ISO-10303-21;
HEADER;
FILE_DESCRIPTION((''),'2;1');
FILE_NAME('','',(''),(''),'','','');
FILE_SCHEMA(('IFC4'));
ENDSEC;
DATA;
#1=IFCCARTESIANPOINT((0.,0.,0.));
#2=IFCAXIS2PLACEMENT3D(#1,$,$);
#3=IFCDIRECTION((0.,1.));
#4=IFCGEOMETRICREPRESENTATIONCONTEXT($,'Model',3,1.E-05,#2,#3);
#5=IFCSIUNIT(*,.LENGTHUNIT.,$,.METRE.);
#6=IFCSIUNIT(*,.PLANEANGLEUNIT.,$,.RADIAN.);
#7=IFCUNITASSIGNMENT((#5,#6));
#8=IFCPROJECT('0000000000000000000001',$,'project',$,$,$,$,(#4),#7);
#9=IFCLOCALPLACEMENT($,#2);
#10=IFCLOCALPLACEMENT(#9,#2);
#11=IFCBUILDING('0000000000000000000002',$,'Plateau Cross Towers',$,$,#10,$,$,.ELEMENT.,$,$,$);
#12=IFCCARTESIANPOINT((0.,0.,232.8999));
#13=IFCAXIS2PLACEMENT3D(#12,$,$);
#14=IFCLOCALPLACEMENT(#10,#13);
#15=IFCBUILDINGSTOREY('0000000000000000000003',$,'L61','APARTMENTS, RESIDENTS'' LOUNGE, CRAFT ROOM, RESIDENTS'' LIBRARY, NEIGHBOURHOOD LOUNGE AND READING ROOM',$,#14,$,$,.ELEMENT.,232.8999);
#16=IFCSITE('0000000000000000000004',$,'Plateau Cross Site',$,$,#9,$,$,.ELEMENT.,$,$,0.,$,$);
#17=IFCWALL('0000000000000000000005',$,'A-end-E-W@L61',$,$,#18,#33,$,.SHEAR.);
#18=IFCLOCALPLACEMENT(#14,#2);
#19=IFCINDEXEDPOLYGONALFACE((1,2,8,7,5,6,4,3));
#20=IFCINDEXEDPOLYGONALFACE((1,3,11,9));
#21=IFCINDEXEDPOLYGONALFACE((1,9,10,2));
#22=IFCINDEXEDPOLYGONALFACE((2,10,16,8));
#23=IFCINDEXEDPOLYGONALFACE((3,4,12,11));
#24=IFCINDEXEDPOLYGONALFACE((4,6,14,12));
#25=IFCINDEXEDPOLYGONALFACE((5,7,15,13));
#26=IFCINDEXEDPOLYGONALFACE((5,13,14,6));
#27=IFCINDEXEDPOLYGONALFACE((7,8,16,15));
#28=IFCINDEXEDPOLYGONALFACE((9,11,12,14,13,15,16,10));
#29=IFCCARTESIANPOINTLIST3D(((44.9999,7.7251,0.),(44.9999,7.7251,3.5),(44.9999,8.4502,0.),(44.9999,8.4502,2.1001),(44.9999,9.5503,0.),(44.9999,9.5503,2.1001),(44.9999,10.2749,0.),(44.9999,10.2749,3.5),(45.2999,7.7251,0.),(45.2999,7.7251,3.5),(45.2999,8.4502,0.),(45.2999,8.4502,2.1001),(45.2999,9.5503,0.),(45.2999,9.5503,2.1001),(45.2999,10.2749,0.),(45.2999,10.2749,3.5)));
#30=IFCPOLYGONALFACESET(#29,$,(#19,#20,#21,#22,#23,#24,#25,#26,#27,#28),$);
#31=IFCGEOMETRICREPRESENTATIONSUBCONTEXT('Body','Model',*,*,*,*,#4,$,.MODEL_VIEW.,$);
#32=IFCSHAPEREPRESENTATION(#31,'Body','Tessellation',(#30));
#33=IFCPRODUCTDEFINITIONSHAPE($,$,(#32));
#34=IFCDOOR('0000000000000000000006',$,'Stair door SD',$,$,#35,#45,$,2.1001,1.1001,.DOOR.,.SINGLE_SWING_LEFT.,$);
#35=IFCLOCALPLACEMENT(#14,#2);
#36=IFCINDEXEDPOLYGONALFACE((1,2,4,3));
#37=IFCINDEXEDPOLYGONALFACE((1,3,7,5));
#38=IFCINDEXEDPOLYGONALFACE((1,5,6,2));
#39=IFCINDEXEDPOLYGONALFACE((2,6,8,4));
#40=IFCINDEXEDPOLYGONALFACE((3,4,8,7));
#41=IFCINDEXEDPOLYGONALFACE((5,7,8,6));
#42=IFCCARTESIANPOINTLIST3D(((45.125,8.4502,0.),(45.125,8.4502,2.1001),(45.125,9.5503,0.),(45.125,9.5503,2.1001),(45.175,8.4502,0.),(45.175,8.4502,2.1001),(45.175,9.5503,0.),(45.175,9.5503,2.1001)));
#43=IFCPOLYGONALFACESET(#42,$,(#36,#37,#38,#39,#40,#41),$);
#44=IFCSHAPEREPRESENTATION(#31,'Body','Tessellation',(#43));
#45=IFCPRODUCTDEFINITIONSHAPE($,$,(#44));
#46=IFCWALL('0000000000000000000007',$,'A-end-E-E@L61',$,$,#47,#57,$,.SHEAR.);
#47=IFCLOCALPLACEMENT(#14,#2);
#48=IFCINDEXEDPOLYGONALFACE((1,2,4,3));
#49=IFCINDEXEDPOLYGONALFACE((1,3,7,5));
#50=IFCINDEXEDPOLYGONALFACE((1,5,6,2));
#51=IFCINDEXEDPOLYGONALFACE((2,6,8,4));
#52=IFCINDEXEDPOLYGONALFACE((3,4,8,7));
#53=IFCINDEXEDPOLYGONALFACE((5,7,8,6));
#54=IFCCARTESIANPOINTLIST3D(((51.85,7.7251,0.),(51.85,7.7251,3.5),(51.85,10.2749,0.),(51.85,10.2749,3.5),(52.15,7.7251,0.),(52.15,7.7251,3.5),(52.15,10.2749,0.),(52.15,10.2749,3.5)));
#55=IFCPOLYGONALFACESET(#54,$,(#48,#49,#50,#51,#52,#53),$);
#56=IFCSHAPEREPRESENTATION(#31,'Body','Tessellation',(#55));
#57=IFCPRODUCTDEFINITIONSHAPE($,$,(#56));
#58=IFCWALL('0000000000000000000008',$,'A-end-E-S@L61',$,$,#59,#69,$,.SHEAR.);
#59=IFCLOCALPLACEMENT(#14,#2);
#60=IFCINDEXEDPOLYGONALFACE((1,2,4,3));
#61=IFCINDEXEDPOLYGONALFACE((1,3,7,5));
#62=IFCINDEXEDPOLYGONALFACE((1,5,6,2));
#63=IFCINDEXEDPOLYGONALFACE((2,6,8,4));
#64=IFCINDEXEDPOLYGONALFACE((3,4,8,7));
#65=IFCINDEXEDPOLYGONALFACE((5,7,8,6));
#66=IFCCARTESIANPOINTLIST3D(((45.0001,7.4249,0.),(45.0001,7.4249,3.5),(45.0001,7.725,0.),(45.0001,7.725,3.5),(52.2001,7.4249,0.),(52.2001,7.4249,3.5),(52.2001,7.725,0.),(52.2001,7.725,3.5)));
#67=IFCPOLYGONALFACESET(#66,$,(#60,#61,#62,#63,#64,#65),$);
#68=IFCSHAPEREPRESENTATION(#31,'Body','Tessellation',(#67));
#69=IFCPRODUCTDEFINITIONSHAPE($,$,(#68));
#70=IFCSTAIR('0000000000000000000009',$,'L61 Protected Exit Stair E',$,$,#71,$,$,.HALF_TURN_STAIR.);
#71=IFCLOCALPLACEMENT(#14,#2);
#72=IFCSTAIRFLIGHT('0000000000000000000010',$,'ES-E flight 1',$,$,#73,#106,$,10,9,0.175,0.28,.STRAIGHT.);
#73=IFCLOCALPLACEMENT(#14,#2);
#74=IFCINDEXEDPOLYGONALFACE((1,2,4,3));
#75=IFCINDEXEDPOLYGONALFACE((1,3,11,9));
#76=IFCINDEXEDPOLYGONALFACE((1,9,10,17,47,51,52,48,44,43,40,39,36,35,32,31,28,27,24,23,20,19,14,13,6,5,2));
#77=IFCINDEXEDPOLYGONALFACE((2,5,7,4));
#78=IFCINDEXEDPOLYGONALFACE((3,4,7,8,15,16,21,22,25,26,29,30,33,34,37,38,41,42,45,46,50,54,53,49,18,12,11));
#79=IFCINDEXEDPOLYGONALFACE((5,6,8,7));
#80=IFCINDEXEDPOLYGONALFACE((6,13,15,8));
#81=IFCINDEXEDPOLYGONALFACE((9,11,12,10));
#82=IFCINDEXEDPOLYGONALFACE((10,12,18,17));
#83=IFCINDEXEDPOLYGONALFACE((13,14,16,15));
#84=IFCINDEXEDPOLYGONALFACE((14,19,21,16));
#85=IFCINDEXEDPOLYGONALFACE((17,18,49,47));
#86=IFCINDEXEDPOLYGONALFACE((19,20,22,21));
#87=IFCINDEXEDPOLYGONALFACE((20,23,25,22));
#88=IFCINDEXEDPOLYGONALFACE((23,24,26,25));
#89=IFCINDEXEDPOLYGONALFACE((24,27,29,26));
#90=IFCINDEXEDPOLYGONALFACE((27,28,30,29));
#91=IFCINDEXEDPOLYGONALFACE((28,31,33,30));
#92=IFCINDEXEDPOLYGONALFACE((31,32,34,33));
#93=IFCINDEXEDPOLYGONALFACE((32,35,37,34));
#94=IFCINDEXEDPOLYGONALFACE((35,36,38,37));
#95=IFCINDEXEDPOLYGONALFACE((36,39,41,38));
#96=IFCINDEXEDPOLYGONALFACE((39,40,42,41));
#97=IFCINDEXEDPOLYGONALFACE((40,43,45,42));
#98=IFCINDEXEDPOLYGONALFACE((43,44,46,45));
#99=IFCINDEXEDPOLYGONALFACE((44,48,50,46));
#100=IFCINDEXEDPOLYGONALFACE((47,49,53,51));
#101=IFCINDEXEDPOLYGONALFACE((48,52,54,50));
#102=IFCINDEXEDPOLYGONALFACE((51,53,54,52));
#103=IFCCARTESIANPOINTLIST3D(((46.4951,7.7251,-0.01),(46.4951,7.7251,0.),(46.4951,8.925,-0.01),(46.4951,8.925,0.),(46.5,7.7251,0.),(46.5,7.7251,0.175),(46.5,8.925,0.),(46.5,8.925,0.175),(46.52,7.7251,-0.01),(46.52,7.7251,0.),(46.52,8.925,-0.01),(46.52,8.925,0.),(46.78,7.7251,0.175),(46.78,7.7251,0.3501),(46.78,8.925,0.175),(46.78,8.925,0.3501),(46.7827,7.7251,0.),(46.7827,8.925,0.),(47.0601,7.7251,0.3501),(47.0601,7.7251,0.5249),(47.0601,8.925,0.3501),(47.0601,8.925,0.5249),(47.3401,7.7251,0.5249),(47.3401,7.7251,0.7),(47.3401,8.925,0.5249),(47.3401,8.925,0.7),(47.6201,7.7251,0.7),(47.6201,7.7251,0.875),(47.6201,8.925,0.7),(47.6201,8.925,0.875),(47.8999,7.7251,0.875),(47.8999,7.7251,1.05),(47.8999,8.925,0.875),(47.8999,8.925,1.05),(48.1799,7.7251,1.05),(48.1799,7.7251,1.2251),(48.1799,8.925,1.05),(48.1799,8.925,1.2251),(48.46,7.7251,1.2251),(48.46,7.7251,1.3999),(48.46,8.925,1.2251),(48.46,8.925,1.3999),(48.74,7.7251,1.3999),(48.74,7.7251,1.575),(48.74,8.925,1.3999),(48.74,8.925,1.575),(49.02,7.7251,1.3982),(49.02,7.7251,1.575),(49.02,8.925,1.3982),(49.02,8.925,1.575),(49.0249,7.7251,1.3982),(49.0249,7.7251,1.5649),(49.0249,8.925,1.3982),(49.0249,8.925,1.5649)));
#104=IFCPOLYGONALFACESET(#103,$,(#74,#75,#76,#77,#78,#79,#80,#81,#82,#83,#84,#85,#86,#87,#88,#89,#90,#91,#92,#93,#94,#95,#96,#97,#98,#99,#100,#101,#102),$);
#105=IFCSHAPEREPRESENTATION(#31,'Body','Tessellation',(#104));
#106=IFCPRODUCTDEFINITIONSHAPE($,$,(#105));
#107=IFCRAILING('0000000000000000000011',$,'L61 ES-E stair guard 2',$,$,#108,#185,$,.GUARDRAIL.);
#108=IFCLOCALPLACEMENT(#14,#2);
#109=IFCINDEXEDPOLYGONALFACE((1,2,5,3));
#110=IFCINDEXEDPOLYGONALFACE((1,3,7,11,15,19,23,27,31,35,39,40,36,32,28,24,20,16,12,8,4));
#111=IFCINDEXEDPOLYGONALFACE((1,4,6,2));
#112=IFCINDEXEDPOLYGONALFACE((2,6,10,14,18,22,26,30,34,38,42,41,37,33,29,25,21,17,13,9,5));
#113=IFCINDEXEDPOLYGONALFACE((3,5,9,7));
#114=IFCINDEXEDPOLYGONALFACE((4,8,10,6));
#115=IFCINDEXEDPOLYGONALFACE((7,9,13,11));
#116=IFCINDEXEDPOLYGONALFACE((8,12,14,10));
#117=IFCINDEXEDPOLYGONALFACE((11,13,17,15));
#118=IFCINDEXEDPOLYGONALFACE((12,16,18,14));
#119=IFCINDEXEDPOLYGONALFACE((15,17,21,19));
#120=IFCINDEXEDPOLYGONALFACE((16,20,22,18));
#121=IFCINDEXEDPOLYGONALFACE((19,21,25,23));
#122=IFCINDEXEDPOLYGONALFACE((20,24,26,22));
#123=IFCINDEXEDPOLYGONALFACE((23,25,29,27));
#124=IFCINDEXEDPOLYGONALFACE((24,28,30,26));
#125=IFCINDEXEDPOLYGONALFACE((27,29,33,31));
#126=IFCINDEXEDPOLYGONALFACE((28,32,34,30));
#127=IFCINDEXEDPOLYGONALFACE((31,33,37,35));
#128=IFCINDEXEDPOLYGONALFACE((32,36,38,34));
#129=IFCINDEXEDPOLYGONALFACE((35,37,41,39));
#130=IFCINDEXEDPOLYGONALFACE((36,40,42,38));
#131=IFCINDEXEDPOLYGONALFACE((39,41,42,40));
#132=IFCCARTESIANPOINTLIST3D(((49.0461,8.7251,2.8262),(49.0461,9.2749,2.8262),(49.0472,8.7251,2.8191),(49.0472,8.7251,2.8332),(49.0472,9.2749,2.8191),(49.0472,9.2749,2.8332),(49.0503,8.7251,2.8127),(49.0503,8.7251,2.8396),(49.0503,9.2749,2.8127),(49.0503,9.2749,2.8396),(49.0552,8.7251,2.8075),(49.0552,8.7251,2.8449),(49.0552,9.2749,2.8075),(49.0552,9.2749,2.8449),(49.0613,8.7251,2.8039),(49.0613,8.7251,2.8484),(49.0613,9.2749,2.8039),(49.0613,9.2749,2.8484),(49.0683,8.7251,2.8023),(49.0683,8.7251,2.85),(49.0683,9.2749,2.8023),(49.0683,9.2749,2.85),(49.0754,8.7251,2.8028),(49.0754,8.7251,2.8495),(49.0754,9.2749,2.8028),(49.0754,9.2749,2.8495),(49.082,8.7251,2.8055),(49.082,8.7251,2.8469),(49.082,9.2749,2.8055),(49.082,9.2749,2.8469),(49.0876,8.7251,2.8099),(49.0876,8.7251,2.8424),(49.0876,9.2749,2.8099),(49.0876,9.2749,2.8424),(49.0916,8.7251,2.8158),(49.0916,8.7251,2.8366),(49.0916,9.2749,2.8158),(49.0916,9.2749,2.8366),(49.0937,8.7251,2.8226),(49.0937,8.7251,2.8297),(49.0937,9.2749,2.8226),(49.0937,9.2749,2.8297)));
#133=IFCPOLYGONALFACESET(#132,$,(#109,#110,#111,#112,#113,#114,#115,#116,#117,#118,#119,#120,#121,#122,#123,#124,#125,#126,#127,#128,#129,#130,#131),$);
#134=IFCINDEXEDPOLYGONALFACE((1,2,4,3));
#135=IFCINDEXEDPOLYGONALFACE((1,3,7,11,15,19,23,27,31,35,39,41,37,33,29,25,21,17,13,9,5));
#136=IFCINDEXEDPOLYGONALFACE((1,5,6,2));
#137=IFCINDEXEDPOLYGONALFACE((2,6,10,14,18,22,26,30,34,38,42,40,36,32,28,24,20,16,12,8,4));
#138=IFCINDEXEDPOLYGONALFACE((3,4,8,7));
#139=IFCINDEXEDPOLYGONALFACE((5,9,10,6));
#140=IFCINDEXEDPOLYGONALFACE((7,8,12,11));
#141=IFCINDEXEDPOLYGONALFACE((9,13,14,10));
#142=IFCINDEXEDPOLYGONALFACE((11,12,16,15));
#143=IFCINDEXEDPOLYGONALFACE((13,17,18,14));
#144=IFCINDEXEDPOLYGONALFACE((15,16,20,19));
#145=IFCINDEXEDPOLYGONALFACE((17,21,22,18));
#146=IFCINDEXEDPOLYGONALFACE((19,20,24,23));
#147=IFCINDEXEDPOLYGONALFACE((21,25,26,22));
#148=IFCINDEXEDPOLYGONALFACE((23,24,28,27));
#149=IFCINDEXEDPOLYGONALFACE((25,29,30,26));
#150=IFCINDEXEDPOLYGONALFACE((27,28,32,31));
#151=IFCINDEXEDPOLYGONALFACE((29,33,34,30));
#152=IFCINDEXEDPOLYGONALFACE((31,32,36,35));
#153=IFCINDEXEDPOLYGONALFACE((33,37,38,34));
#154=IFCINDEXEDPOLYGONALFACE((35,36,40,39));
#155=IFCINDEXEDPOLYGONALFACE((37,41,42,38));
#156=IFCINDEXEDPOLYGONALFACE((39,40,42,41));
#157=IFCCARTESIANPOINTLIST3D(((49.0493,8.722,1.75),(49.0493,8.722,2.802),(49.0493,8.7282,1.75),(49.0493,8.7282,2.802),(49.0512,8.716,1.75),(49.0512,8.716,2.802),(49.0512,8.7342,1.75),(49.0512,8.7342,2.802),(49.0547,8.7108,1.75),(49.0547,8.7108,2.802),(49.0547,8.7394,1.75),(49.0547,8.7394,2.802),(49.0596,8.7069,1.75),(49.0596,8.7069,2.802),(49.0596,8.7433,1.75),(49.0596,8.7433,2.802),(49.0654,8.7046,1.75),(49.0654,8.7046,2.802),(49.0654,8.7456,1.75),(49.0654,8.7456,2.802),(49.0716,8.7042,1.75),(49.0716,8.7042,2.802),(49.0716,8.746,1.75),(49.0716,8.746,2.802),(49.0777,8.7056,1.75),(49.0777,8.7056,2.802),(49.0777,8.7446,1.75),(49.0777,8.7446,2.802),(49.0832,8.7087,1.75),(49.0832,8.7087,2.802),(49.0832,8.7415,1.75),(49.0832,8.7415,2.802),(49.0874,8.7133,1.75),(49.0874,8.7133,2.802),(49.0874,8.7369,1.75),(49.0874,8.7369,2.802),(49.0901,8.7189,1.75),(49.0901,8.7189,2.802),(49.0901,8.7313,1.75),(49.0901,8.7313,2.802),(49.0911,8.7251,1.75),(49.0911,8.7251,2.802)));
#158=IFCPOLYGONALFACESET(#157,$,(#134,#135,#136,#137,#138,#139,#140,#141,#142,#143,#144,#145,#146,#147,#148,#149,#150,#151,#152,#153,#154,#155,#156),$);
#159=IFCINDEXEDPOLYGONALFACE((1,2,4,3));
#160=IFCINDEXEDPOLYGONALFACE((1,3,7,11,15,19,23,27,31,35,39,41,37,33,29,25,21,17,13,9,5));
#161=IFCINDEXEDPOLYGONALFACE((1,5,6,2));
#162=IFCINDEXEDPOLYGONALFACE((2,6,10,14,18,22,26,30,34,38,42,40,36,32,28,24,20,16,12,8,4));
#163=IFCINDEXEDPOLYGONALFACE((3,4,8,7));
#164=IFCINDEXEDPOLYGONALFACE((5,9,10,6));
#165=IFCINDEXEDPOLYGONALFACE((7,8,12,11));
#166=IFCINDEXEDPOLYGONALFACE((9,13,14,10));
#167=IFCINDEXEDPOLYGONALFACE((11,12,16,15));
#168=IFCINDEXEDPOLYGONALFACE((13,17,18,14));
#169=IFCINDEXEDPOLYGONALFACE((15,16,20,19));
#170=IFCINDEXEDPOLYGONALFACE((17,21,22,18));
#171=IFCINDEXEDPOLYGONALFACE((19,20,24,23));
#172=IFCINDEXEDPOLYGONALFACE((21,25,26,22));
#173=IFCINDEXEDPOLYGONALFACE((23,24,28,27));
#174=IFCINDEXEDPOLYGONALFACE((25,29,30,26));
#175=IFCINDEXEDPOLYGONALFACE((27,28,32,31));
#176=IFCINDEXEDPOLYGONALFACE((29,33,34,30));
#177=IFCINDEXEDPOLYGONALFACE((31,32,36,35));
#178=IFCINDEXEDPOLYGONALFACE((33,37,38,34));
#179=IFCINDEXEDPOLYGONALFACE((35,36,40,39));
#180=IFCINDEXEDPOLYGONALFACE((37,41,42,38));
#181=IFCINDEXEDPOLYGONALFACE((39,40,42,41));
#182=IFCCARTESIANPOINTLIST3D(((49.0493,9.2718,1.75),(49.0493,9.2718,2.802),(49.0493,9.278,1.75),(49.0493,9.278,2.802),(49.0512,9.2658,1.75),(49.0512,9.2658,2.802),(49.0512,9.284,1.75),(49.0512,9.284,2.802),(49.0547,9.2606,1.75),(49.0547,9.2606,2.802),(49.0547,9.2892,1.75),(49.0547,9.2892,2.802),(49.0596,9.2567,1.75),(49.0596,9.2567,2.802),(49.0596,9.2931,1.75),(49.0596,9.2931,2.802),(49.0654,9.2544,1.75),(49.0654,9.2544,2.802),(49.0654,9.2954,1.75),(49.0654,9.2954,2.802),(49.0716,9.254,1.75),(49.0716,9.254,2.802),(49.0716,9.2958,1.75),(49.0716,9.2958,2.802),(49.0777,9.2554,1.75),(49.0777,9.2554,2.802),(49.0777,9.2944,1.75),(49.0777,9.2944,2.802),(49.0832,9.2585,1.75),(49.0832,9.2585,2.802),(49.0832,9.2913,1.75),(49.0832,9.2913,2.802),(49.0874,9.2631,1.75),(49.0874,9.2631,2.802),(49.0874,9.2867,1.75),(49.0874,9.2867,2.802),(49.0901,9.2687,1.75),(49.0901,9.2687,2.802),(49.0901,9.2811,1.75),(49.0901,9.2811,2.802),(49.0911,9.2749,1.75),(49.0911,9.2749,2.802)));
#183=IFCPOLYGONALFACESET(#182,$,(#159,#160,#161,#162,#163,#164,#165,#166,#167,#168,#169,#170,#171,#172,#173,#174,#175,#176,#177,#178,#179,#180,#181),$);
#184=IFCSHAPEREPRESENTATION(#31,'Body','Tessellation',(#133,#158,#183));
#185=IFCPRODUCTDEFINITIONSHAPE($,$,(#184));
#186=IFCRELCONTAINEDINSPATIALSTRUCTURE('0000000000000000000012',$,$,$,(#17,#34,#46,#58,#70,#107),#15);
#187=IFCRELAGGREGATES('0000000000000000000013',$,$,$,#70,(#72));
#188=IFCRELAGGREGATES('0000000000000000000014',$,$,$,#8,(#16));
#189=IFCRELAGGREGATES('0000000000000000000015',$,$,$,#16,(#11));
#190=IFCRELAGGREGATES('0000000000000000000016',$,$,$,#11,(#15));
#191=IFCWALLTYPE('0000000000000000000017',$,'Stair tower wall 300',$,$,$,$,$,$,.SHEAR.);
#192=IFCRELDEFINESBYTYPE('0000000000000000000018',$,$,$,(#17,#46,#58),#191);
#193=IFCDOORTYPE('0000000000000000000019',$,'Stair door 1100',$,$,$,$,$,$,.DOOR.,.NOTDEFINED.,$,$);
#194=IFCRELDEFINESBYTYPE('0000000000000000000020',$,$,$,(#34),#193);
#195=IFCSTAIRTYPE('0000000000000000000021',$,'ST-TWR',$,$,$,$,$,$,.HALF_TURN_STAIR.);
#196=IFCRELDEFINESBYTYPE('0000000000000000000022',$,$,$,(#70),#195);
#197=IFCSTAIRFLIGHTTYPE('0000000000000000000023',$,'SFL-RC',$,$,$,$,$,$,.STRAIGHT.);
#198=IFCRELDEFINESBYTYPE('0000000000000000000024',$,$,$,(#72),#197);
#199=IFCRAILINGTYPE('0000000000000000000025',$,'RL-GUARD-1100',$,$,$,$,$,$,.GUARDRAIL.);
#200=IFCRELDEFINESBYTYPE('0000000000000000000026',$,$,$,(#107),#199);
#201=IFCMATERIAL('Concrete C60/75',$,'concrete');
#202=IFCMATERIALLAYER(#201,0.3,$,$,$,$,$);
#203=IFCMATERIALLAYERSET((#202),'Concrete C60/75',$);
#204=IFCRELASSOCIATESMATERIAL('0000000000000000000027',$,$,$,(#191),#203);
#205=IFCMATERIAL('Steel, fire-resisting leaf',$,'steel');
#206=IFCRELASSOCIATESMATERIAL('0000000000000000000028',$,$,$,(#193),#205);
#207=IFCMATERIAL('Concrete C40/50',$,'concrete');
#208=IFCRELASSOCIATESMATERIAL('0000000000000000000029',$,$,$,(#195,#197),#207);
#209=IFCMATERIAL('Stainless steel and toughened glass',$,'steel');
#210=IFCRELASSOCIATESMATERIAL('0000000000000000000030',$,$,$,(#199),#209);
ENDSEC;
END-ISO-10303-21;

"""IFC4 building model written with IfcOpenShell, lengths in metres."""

from ifc_helpers import new_model, si_unit, direction, frame, frame_2d, origin, origin_2d, place, context, subcontext, project, spatial, polyline, rectangle, circle, outline, extrude, material, layer, layer_set, type_object, element, fill, aggregate, save


model = new_model("IFC4")

# Units and contexts
model_context = context("Model", 3, precision=1e-05, world=origin(), true_north=direction((0.0, 1.0)))
body_context = subcontext(model_context, "Body", "Model", "MODEL_VIEW")
ifc_project = project(units=[si_unit("LENGTHUNIT", "METRE"), si_unit("PLANEANGLEUNIT", "RADIAN")], contexts=[model_context])

# Site, building, storey
site_placement = place(None, origin())
site = spatial("IfcSite", under=ifc_project, at=site_placement, Name="Plateau Cross Site", CompositionType="ELEMENT", RefElevation=0.0)
building_placement = place(site_placement, origin())
building = spatial("IfcBuilding", under=site, at=building_placement, Name="Plateau Cross Towers", CompositionType="ELEMENT")
storey_placement = place(building_placement, frame((0.0, 0.0, 232.8999)))
storey = spatial("IfcBuildingStorey", under=building, at=storey_placement, Name="L61", Description="APARTMENTS, RESIDENTS' LOUNGE, CRAFT ROOM, RESIDENTS' LIBRARY, NEIGHBOURHOOD LOUNGE AND READING ROOM", CompositionType="ELEMENT", Elevation=232.8999)

# Shared definitions
ifc_material_1 = material(Name="Concrete C60/75", Category="concrete")

# Wall, opening, door
ifc_layer_1 = layer(ifc_material_1, 0.3)
ifc_layer_set_1 = layer_set([ifc_layer_1], Name="Concrete C60/75")
wall_type_1 = type_object("IfcWallType", Name="Stair tower wall 300", PredefinedType="SHEAR", material=ifc_layer_set_1)
wall_1_placement = place(storey_placement, frame((45.1499, 7.7251, 0.0), z_axis=(0.0, 0.0, 1.0), x_axis=(0.0, 1.0, 0.0)))
wall_1 = element("IfcWall", 1, at=wall_1_placement, inside=storey, type_object=wall_type_1, Name="A-end-E-W@L61", PredefinedType="SHEAR", context=body_context, shape_type="SweptSolid", body=[
    extrude(rectangle(XDim=2.5498, YDim=0.3, at=frame_2d((1.2749, 0.0))), origin(), (0.0, 0.0, 1.0), 3.5),
])
opening_1_placement = place(wall_1_placement, frame((0.7251, 0.0, 0.0)))
opening_1 = element("IfcOpeningElement", 2, at=opening_1_placement, cuts=wall_1, PredefinedType="OPENING", context=body_context, shape_type="SweptSolid", body=[
    extrude(rectangle(XDim=1.1001, YDim=2.1001, at=frame_2d((0.55, 1.05))), frame((0.0, 0.1599, 0.0), z_axis=(0.0, -1.0, 0.0), x_axis=(1.0, 0.0, 0.0)), (0.0, 0.0, 1.0), 0.3201),
])
ifc_material_2 = material(Name="Steel, fire-resisting leaf", Category="steel")
door_type_1 = type_object("IfcDoorType", Name="Stair door 1100", OperationType="NOTDEFINED", PredefinedType="DOOR", material=ifc_material_2)
door_1_placement = place(opening_1_placement, origin())
door_1 = element("IfcDoor", 3, at=door_1_placement, inside=storey, type_object=door_type_1, Name="Stair door SD", OperationType="SINGLE_SWING_LEFT", OverallHeight=2.1001, OverallWidth=1.1001, PredefinedType="DOOR", context=body_context, shape_type="SweptSolid", body=[
    extrude(rectangle(XDim=1.1001, YDim=2.1001, at=frame_2d((0.55, 1.05))), frame((0.0, 0.0249, 0.0), z_axis=(0.0, -1.0, 0.0), x_axis=(1.0, 0.0, 0.0)), (0.0, 0.0, 1.0), 0.05),
])
fill(opening_1, door_1)

# Walls
wall_2_placement = place(storey_placement, frame((52.0, 7.7251, 0.0), z_axis=(0.0, 0.0, 1.0), x_axis=(0.0, 1.0, 0.0)))
element("IfcWall", 4, at=wall_2_placement, inside=storey, type_object=wall_type_1, Name="A-end-E-E@L61", PredefinedType="SHEAR", context=body_context, shape_type="SweptSolid", body=[
    extrude(rectangle(XDim=2.5498, YDim=0.3, at=frame_2d((1.2749, 0.0))), origin(), (0.0, 0.0, 1.0), 3.5),
])
wall_3_placement = place(storey_placement, frame((45.0, 7.575, 0.0), z_axis=(0.0, 0.0, 1.0), x_axis=(1.0, 0.0, 0.0)))
element("IfcWall", 5, at=wall_3_placement, inside=storey, type_object=wall_type_1, Name="A-end-E-S@L61", PredefinedType="SHEAR", context=body_context, shape_type="SweptSolid", body=[
    extrude(rectangle(XDim=7.2, YDim=0.3, at=frame_2d((3.6001, 0.0))), origin(), (0.0, 0.0, 1.0), 3.5),
])

# Stair, stair flight
ifc_material_3 = material(Name="Concrete C40/50", Category="concrete")
stair_type = type_object("IfcStairType", Name="ST-TWR", PredefinedType="HALF_TURN_STAIR", material=ifc_material_3)
stair_placement = place(storey_placement, origin())
stair = element("IfcStair", 6, at=stair_placement, inside=storey, type_object=stair_type, Name="L61 Protected Exit Stair E", PredefinedType="HALF_TURN_STAIR")
stair_flight_type = type_object("IfcStairFlightType", Name="SFL-RC", PredefinedType="STRAIGHT", material=ifc_material_3)
stair_flight_placement = place(storey_placement, frame((46.5, 8.325, 0.0), z_axis=(0.0, 0.0, 1.0), x_axis=(1.0, 0.0, 0.0)))
stair_flight = element("IfcStairFlight", 7, at=stair_flight_placement, type_object=stair_flight_type, Name="ES-E flight 1", NumberOfRisers=10, NumberOfTreads=9, PredefinedType="STRAIGHT", RiserHeight=0.175, TreadLength=0.28, context=body_context, shape_type="SweptSolid", body=[
    extrude(outline(polyline([(-0.0049, -0.01), (-0.0049, 0.0), (0.0, 0.0), (0.0, 0.175), (0.28, 0.175), (0.28, 0.3501), (0.5601, 0.3501), (0.5601, 0.5249), (0.8401, 0.5249), (0.8401, 0.7), (1.1201, 0.7), (1.1201, 0.875), (1.3999, 0.875), (1.3999, 1.05), (1.6799, 1.05), (1.6799, 1.2251), (1.96, 1.2251), (1.96, 1.3999), (2.24, 1.3999), (2.24, 1.575), (2.52, 1.575), (2.5249, 1.5649), (2.5249, 1.3982), (2.52, 1.3982), (0.2827, 0.0), (0.02, 0.0), (0.02, -0.01), (-0.0049, -0.01)])), frame((0.0, 0.6001, 0.0), z_axis=(0.0, -1.0, 0.0), x_axis=(1.0, 0.0, 0.0)), (0.0, 0.0, 1.0), 1.2),
])
aggregate(stair, [stair_flight])

# Railing
ifc_material_4 = material(Name="Stainless steel and toughened glass", Category="steel")
railing_type_1 = type_object("IfcRailingType", Name="RL-GUARD-1100", PredefinedType="GUARDRAIL", material=ifc_material_4)
for number, where, name in (
    (8, (49.0701, 8.7251, 1.75), "L61 ES-E stair guard 2"),
):
    element("IfcRailing", number, at=place(storey_placement, frame(where)), inside=storey, type_object=railing_type_1, Name=name, PredefinedType="GUARDRAIL", context=body_context, shape_type="SweptSolid", body=[
        extrude(circle(Radius=0.0239, at=origin_2d()), frame((0.0, 0.0, 1.0762), z_axis=(0.0, 1.0, 0.0), x_axis=(-1.0, 0.0, 0.0)), (0.0, 0.0, 1.0), 0.5498),
        extrude(circle(Radius=0.021, at=origin_2d()), origin(), (0.0, 0.0, 1.0), 1.052),
        extrude(circle(Radius=0.021, at=origin_2d()), frame((0.0, 0.5498, 0.0)), (0.0, 0.0, 1.0), 1.052),
    ])

save(model, "model.ifc")
